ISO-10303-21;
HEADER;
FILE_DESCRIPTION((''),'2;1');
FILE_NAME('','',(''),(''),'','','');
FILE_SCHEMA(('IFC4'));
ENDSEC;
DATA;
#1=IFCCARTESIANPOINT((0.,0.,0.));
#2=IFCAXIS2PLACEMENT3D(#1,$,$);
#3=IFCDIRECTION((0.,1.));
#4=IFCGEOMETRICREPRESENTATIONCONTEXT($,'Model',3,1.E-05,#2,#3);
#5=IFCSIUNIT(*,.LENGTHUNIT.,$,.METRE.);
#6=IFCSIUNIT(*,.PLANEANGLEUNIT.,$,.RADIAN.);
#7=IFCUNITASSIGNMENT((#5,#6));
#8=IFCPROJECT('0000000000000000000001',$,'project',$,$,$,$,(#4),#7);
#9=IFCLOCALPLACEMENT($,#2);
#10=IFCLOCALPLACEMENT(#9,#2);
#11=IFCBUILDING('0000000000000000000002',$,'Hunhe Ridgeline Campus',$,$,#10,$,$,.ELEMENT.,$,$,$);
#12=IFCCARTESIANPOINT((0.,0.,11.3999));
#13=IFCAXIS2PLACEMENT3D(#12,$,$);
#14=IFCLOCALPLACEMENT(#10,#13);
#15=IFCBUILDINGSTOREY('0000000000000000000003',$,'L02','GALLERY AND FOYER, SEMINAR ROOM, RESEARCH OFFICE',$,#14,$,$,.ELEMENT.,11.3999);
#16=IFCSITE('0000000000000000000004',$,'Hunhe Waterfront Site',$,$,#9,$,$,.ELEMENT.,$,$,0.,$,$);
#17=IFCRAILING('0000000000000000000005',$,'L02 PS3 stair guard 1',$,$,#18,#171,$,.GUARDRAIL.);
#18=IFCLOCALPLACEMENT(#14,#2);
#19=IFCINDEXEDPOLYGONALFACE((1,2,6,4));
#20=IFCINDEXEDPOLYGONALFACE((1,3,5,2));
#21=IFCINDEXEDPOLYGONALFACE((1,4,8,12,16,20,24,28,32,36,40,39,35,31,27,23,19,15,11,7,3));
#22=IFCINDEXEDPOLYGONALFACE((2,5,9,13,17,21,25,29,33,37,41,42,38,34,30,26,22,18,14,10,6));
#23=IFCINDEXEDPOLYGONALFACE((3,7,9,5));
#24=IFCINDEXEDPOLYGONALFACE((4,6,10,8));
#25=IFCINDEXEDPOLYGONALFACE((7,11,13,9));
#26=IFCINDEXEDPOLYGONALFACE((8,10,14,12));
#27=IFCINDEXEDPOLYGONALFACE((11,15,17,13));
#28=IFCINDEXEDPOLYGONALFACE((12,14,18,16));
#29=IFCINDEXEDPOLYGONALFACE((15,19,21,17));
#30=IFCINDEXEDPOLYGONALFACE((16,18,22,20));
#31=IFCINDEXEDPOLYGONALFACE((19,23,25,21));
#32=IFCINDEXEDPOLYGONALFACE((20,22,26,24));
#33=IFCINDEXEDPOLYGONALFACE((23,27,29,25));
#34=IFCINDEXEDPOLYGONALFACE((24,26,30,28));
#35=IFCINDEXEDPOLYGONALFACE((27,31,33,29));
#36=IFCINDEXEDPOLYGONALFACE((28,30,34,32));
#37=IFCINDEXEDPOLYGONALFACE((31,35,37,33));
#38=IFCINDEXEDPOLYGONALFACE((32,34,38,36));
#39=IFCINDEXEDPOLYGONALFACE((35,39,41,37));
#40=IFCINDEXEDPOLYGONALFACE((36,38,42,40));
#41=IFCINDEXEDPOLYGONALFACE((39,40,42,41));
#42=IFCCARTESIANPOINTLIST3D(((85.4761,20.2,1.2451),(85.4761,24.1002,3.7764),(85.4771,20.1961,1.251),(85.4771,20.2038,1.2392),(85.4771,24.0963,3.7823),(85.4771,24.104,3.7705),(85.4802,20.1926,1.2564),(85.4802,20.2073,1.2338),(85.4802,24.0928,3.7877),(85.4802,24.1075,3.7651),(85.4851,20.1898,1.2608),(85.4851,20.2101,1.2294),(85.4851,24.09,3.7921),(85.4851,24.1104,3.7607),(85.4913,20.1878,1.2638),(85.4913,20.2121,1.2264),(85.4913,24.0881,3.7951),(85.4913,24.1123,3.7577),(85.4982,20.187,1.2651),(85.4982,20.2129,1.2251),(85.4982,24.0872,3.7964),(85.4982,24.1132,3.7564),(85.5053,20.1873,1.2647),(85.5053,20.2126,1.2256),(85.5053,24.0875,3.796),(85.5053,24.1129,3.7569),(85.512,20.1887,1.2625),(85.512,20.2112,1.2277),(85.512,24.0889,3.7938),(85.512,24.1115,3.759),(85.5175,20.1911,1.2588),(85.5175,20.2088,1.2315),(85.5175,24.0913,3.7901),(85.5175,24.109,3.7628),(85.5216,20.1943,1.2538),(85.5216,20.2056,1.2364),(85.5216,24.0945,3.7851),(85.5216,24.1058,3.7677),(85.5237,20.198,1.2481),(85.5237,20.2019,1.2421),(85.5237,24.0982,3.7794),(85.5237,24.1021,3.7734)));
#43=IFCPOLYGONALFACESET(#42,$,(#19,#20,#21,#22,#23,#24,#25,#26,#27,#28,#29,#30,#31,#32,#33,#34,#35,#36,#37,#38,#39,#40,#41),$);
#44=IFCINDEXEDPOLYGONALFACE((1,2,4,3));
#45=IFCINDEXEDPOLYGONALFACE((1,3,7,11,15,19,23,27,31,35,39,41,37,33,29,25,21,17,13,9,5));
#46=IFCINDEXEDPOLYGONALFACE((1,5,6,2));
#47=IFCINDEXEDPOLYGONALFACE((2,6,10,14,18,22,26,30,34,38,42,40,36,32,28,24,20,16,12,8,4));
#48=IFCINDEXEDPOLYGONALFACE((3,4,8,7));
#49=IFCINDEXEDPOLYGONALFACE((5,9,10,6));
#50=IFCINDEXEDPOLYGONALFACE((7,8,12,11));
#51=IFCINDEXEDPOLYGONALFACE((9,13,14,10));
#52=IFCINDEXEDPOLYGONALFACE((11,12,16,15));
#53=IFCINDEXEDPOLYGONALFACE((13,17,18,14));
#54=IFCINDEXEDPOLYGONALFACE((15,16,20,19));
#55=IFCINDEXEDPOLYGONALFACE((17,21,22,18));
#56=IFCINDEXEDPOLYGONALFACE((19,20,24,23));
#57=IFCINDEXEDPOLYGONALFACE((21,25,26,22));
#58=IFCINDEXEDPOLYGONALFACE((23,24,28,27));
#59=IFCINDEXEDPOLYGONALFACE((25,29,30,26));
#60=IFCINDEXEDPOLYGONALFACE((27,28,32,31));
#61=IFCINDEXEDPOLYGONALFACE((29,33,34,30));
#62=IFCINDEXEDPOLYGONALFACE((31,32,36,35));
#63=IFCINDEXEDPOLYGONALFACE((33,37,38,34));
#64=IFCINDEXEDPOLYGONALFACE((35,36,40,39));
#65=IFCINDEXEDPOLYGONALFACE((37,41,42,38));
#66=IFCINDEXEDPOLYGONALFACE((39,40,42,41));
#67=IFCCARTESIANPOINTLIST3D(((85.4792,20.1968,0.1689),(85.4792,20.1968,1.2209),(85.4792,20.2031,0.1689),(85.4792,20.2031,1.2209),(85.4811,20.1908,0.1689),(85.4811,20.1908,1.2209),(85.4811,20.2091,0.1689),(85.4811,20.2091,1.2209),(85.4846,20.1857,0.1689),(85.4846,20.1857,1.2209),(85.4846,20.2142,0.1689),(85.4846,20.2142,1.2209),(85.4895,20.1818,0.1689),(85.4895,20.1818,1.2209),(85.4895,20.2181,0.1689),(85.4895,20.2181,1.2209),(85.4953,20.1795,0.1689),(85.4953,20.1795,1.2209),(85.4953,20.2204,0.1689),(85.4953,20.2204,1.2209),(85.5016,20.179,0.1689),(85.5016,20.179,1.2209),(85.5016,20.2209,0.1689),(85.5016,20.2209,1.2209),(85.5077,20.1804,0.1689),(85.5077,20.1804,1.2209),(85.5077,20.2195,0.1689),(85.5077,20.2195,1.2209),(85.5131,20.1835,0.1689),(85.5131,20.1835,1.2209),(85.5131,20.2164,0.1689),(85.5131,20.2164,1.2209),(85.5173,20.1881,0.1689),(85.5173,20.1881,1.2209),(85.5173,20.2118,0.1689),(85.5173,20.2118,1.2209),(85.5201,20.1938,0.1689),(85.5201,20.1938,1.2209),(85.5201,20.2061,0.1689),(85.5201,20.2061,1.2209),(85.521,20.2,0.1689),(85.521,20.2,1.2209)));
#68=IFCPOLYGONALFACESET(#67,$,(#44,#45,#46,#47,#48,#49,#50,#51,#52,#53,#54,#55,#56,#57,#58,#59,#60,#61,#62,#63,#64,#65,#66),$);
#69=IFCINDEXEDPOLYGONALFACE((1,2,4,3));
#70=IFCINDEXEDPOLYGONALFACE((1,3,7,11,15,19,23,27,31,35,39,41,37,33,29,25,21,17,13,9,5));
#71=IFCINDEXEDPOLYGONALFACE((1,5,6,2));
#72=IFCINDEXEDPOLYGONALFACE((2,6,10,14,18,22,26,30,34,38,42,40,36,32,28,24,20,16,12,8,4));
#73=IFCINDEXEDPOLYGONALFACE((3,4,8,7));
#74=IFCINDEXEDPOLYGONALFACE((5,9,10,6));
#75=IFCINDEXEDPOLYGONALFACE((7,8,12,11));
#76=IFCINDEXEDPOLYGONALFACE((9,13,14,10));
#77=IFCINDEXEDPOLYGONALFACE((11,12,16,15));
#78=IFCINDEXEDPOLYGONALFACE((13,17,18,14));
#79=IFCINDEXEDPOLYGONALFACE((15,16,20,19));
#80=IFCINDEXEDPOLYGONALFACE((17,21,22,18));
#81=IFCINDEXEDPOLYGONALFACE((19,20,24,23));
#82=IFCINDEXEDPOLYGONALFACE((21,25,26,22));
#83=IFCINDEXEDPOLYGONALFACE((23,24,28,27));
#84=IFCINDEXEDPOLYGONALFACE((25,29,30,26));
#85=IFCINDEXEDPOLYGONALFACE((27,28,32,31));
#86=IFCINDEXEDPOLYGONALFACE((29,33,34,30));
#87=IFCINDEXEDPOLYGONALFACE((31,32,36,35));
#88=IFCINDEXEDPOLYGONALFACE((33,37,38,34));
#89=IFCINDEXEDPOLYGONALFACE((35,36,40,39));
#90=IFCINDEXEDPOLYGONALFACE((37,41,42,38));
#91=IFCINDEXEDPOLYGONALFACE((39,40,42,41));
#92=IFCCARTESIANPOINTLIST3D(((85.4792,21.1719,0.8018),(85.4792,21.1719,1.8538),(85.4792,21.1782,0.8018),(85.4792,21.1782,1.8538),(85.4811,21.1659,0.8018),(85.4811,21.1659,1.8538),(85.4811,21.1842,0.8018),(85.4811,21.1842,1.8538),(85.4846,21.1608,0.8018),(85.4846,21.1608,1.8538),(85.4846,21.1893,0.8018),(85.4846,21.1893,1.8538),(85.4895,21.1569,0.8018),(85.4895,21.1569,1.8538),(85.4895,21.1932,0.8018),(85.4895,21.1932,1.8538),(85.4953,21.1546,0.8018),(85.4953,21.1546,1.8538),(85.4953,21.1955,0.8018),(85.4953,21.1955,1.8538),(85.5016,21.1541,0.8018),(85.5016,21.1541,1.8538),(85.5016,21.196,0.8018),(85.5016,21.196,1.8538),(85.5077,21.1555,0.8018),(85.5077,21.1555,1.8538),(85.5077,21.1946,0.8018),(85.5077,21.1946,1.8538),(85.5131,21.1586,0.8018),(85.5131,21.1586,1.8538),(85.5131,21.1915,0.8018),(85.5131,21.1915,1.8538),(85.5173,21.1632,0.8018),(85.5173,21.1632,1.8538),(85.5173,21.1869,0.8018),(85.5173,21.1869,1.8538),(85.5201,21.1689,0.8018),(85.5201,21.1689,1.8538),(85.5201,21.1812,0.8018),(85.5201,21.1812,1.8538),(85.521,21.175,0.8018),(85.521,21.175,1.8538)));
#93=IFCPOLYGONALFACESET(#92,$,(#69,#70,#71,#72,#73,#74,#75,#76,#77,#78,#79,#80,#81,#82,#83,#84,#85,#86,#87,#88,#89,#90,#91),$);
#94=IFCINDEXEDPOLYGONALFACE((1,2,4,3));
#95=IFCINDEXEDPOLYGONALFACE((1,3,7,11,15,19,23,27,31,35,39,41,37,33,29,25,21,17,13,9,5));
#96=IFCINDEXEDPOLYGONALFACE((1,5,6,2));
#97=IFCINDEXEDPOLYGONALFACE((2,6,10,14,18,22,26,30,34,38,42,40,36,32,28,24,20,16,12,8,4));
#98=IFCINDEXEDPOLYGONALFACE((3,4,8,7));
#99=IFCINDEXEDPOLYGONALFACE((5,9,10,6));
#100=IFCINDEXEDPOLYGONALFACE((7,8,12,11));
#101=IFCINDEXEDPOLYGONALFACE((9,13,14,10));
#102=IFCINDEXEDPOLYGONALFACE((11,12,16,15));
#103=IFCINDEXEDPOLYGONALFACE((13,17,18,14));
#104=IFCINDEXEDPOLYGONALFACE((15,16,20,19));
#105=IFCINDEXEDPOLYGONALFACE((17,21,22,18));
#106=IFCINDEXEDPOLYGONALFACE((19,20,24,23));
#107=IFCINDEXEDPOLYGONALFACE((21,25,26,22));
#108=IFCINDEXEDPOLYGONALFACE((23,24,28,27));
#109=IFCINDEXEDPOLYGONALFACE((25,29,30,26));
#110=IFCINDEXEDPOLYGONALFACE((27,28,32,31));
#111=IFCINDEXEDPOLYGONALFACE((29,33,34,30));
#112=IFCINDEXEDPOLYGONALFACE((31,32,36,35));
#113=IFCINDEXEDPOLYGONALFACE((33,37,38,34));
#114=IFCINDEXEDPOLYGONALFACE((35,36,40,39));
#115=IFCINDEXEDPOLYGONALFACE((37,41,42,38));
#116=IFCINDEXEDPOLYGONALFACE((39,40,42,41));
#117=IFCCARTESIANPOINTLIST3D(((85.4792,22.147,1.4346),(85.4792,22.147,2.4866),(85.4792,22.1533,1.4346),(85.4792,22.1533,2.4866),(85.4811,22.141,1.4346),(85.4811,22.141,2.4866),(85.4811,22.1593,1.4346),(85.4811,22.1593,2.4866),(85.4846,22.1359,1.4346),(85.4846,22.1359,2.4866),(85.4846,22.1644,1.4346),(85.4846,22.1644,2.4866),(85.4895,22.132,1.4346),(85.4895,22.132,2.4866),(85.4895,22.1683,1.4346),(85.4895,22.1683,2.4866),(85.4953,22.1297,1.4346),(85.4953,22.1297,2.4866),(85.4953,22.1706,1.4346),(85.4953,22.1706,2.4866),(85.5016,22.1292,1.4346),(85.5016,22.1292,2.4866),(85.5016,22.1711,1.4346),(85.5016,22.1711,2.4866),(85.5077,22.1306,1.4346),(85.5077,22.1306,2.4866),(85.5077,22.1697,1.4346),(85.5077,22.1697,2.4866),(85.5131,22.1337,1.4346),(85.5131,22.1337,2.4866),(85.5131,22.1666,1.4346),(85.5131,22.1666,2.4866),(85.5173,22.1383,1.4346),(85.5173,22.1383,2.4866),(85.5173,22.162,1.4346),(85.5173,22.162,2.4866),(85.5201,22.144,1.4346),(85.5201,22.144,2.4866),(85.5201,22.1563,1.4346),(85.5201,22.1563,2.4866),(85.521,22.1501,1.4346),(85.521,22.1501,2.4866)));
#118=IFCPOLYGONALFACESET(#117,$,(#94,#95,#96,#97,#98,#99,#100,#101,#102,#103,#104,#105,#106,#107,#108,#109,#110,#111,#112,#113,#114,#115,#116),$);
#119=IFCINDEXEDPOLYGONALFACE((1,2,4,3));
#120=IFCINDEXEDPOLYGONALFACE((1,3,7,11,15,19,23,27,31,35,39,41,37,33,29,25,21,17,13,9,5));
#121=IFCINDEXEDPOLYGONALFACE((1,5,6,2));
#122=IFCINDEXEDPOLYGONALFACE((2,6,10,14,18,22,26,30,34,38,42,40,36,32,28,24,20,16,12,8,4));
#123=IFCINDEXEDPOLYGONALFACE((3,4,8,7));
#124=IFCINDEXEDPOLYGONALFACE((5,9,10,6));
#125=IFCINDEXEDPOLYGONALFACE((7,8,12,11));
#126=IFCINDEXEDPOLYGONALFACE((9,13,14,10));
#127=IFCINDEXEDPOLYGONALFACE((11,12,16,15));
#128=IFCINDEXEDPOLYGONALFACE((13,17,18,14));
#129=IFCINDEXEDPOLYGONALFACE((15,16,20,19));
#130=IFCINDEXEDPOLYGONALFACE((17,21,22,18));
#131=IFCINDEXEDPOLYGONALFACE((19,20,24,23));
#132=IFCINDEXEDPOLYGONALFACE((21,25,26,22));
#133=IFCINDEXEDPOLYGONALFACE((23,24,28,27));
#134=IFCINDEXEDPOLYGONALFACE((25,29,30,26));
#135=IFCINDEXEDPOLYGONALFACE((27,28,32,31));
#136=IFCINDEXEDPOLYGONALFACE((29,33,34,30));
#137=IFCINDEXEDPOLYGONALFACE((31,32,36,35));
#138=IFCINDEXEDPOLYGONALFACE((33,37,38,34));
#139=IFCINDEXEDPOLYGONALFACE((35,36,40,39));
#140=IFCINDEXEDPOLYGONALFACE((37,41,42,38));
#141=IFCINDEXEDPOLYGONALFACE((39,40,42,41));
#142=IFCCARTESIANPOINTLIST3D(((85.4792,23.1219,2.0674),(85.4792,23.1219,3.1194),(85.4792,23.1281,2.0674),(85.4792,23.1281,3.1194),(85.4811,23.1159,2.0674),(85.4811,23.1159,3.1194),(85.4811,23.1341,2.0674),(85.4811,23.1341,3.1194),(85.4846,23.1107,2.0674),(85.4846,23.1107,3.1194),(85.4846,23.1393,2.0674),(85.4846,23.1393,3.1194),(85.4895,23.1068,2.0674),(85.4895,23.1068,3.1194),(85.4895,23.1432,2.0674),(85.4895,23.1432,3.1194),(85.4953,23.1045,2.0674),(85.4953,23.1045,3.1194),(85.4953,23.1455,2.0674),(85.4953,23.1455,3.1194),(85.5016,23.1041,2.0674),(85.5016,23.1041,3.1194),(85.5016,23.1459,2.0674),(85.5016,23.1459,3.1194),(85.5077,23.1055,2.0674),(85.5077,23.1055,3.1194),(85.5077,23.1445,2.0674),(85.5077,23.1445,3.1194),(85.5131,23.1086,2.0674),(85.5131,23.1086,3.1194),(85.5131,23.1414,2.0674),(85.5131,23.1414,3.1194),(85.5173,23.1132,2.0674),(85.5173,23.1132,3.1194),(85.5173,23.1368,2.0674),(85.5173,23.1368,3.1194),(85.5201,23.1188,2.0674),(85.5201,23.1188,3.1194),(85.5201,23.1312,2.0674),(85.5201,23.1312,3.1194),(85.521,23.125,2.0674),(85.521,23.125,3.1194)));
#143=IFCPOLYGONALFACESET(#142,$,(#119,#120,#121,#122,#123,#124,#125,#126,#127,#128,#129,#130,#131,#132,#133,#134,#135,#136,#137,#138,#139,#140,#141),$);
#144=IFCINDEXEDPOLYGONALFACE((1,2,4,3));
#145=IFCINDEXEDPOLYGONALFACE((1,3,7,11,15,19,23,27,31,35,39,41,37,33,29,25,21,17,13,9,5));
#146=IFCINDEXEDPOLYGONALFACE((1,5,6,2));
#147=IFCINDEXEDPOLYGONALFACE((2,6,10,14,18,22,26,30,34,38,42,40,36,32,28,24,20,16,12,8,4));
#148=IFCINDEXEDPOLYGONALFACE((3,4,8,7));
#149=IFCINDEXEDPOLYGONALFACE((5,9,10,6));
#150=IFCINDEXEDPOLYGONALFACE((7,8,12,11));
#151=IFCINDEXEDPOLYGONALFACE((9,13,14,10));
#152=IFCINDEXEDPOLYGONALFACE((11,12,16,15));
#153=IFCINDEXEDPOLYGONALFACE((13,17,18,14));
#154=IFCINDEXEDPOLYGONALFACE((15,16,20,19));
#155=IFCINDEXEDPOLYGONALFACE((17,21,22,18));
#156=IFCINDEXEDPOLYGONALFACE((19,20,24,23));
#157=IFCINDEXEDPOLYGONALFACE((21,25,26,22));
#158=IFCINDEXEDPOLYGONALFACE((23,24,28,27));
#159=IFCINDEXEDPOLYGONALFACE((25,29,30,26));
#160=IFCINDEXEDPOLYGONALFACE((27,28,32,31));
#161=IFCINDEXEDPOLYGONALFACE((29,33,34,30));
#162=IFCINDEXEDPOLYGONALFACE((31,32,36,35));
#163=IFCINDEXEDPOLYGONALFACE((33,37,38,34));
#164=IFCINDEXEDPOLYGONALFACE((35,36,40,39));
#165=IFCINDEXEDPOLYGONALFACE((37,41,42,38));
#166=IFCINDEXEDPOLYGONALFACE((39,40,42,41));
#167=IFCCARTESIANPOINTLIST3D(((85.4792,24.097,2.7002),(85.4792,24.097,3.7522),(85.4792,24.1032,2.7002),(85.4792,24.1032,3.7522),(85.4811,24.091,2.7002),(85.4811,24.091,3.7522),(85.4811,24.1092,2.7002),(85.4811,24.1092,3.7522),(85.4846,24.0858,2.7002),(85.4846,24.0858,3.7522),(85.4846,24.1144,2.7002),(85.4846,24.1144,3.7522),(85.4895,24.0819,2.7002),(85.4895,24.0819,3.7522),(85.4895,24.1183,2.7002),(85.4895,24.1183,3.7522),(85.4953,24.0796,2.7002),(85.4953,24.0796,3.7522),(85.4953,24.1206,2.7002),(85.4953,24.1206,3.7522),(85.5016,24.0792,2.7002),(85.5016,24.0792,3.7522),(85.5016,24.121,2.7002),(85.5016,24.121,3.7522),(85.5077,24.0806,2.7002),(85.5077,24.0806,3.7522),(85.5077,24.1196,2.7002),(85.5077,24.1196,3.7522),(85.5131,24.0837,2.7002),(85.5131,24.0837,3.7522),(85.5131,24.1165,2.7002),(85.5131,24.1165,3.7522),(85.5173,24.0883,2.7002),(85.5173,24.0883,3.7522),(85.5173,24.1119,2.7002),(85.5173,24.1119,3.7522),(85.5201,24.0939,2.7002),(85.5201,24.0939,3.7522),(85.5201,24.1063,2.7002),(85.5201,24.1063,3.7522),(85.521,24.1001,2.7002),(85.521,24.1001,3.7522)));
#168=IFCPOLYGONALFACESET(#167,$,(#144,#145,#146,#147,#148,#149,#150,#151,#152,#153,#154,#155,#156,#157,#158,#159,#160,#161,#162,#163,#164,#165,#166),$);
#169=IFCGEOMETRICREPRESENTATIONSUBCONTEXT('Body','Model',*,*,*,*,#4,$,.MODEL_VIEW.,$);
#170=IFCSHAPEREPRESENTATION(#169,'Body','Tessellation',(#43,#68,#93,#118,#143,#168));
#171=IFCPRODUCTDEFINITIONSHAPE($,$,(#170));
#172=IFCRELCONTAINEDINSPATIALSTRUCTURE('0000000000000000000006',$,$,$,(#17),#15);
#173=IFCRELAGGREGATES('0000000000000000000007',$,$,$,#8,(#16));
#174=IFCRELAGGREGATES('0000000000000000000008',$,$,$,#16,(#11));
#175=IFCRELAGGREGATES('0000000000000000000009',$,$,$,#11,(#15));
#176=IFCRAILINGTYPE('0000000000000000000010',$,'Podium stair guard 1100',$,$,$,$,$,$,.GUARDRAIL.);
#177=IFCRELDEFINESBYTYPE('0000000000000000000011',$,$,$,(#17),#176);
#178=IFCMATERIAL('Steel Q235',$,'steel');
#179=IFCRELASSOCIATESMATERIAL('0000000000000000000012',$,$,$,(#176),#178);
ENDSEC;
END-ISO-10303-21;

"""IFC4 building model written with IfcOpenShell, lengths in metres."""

from ifc_helpers import new_model, si_unit, direction, frame, origin, origin_2d, place, context, subcontext, project, spatial, circle, extrude, material, type_object, element, save


model = new_model("IFC4")

# Units and contexts
model_context = context("Model", 3, precision=1e-05, world=origin(), true_north=direction((0.0, 1.0)))
body_context = subcontext(model_context, "Body", "Model", "MODEL_VIEW")
ifc_project = project(units=[si_unit("LENGTHUNIT", "METRE"), si_unit("PLANEANGLEUNIT", "RADIAN")], contexts=[model_context])

# Site, building, storey
site_placement = place(None, origin())
site = spatial("IfcSite", under=ifc_project, at=site_placement, Name="Hunhe Waterfront Site", CompositionType="ELEMENT", RefElevation=0.0)
building_placement = place(site_placement, origin())
building = spatial("IfcBuilding", under=site, at=building_placement, Name="Hunhe Ridgeline Campus", CompositionType="ELEMENT")
storey_placement = place(building_placement, frame((0.0, 0.0, 11.3999)))
storey = spatial("IfcBuildingStorey", under=building, at=storey_placement, Name="L02", Description="GALLERY AND FOYER, SEMINAR ROOM, RESEARCH OFFICE", CompositionType="ELEMENT", Elevation=11.3999)

# Railing
ifc_material_1 = material(Name="Steel Q235", Category="steel")
railing_type_1 = type_object("IfcRailingType", Name="Podium stair guard 1100", PredefinedType="GUARDRAIL", material=ifc_material_1)
railing_1_placement = place(storey_placement, frame((85.5, 20.2, 0.1689)))
element("IfcRailing", 1, at=railing_1_placement, inside=storey, type_object=railing_type_1, Name="L02 PS3 stair guard 1", PredefinedType="GUARDRAIL", context=body_context, shape_type="SweptSolid", body=[
    extrude(circle(Radius=0.0239, at=origin_2d()), frame((0.0, 0.0, 1.0762), z_axis=(0.0, 0.838821, 0.544407), x_axis=(-1.0, 0.0, 0.0)), (0.0, 0.0, 1.0), 4.6497),
    extrude(circle(Radius=0.021, at=origin_2d()), origin(), (0.0, 0.0, 1.0), 1.052),
    extrude(circle(Radius=0.021, at=origin_2d()), frame((0.0, 0.9751, 0.6328)), (0.0, 0.0, 1.0), 1.052),
    extrude(circle(Radius=0.021, at=origin_2d()), frame((0.0, 1.9502, 1.2656)), (0.0, 0.0, 1.0), 1.052),
    extrude(circle(Radius=0.021, at=origin_2d()), frame((0.0, 2.925, 1.8984)), (0.0, 0.0, 1.0), 1.052),
    extrude(circle(Radius=0.021, at=origin_2d()), frame((0.0, 3.9001, 2.5312)), (0.0, 0.0, 1.0), 1.052),
])

save(model, "model.ifc")
